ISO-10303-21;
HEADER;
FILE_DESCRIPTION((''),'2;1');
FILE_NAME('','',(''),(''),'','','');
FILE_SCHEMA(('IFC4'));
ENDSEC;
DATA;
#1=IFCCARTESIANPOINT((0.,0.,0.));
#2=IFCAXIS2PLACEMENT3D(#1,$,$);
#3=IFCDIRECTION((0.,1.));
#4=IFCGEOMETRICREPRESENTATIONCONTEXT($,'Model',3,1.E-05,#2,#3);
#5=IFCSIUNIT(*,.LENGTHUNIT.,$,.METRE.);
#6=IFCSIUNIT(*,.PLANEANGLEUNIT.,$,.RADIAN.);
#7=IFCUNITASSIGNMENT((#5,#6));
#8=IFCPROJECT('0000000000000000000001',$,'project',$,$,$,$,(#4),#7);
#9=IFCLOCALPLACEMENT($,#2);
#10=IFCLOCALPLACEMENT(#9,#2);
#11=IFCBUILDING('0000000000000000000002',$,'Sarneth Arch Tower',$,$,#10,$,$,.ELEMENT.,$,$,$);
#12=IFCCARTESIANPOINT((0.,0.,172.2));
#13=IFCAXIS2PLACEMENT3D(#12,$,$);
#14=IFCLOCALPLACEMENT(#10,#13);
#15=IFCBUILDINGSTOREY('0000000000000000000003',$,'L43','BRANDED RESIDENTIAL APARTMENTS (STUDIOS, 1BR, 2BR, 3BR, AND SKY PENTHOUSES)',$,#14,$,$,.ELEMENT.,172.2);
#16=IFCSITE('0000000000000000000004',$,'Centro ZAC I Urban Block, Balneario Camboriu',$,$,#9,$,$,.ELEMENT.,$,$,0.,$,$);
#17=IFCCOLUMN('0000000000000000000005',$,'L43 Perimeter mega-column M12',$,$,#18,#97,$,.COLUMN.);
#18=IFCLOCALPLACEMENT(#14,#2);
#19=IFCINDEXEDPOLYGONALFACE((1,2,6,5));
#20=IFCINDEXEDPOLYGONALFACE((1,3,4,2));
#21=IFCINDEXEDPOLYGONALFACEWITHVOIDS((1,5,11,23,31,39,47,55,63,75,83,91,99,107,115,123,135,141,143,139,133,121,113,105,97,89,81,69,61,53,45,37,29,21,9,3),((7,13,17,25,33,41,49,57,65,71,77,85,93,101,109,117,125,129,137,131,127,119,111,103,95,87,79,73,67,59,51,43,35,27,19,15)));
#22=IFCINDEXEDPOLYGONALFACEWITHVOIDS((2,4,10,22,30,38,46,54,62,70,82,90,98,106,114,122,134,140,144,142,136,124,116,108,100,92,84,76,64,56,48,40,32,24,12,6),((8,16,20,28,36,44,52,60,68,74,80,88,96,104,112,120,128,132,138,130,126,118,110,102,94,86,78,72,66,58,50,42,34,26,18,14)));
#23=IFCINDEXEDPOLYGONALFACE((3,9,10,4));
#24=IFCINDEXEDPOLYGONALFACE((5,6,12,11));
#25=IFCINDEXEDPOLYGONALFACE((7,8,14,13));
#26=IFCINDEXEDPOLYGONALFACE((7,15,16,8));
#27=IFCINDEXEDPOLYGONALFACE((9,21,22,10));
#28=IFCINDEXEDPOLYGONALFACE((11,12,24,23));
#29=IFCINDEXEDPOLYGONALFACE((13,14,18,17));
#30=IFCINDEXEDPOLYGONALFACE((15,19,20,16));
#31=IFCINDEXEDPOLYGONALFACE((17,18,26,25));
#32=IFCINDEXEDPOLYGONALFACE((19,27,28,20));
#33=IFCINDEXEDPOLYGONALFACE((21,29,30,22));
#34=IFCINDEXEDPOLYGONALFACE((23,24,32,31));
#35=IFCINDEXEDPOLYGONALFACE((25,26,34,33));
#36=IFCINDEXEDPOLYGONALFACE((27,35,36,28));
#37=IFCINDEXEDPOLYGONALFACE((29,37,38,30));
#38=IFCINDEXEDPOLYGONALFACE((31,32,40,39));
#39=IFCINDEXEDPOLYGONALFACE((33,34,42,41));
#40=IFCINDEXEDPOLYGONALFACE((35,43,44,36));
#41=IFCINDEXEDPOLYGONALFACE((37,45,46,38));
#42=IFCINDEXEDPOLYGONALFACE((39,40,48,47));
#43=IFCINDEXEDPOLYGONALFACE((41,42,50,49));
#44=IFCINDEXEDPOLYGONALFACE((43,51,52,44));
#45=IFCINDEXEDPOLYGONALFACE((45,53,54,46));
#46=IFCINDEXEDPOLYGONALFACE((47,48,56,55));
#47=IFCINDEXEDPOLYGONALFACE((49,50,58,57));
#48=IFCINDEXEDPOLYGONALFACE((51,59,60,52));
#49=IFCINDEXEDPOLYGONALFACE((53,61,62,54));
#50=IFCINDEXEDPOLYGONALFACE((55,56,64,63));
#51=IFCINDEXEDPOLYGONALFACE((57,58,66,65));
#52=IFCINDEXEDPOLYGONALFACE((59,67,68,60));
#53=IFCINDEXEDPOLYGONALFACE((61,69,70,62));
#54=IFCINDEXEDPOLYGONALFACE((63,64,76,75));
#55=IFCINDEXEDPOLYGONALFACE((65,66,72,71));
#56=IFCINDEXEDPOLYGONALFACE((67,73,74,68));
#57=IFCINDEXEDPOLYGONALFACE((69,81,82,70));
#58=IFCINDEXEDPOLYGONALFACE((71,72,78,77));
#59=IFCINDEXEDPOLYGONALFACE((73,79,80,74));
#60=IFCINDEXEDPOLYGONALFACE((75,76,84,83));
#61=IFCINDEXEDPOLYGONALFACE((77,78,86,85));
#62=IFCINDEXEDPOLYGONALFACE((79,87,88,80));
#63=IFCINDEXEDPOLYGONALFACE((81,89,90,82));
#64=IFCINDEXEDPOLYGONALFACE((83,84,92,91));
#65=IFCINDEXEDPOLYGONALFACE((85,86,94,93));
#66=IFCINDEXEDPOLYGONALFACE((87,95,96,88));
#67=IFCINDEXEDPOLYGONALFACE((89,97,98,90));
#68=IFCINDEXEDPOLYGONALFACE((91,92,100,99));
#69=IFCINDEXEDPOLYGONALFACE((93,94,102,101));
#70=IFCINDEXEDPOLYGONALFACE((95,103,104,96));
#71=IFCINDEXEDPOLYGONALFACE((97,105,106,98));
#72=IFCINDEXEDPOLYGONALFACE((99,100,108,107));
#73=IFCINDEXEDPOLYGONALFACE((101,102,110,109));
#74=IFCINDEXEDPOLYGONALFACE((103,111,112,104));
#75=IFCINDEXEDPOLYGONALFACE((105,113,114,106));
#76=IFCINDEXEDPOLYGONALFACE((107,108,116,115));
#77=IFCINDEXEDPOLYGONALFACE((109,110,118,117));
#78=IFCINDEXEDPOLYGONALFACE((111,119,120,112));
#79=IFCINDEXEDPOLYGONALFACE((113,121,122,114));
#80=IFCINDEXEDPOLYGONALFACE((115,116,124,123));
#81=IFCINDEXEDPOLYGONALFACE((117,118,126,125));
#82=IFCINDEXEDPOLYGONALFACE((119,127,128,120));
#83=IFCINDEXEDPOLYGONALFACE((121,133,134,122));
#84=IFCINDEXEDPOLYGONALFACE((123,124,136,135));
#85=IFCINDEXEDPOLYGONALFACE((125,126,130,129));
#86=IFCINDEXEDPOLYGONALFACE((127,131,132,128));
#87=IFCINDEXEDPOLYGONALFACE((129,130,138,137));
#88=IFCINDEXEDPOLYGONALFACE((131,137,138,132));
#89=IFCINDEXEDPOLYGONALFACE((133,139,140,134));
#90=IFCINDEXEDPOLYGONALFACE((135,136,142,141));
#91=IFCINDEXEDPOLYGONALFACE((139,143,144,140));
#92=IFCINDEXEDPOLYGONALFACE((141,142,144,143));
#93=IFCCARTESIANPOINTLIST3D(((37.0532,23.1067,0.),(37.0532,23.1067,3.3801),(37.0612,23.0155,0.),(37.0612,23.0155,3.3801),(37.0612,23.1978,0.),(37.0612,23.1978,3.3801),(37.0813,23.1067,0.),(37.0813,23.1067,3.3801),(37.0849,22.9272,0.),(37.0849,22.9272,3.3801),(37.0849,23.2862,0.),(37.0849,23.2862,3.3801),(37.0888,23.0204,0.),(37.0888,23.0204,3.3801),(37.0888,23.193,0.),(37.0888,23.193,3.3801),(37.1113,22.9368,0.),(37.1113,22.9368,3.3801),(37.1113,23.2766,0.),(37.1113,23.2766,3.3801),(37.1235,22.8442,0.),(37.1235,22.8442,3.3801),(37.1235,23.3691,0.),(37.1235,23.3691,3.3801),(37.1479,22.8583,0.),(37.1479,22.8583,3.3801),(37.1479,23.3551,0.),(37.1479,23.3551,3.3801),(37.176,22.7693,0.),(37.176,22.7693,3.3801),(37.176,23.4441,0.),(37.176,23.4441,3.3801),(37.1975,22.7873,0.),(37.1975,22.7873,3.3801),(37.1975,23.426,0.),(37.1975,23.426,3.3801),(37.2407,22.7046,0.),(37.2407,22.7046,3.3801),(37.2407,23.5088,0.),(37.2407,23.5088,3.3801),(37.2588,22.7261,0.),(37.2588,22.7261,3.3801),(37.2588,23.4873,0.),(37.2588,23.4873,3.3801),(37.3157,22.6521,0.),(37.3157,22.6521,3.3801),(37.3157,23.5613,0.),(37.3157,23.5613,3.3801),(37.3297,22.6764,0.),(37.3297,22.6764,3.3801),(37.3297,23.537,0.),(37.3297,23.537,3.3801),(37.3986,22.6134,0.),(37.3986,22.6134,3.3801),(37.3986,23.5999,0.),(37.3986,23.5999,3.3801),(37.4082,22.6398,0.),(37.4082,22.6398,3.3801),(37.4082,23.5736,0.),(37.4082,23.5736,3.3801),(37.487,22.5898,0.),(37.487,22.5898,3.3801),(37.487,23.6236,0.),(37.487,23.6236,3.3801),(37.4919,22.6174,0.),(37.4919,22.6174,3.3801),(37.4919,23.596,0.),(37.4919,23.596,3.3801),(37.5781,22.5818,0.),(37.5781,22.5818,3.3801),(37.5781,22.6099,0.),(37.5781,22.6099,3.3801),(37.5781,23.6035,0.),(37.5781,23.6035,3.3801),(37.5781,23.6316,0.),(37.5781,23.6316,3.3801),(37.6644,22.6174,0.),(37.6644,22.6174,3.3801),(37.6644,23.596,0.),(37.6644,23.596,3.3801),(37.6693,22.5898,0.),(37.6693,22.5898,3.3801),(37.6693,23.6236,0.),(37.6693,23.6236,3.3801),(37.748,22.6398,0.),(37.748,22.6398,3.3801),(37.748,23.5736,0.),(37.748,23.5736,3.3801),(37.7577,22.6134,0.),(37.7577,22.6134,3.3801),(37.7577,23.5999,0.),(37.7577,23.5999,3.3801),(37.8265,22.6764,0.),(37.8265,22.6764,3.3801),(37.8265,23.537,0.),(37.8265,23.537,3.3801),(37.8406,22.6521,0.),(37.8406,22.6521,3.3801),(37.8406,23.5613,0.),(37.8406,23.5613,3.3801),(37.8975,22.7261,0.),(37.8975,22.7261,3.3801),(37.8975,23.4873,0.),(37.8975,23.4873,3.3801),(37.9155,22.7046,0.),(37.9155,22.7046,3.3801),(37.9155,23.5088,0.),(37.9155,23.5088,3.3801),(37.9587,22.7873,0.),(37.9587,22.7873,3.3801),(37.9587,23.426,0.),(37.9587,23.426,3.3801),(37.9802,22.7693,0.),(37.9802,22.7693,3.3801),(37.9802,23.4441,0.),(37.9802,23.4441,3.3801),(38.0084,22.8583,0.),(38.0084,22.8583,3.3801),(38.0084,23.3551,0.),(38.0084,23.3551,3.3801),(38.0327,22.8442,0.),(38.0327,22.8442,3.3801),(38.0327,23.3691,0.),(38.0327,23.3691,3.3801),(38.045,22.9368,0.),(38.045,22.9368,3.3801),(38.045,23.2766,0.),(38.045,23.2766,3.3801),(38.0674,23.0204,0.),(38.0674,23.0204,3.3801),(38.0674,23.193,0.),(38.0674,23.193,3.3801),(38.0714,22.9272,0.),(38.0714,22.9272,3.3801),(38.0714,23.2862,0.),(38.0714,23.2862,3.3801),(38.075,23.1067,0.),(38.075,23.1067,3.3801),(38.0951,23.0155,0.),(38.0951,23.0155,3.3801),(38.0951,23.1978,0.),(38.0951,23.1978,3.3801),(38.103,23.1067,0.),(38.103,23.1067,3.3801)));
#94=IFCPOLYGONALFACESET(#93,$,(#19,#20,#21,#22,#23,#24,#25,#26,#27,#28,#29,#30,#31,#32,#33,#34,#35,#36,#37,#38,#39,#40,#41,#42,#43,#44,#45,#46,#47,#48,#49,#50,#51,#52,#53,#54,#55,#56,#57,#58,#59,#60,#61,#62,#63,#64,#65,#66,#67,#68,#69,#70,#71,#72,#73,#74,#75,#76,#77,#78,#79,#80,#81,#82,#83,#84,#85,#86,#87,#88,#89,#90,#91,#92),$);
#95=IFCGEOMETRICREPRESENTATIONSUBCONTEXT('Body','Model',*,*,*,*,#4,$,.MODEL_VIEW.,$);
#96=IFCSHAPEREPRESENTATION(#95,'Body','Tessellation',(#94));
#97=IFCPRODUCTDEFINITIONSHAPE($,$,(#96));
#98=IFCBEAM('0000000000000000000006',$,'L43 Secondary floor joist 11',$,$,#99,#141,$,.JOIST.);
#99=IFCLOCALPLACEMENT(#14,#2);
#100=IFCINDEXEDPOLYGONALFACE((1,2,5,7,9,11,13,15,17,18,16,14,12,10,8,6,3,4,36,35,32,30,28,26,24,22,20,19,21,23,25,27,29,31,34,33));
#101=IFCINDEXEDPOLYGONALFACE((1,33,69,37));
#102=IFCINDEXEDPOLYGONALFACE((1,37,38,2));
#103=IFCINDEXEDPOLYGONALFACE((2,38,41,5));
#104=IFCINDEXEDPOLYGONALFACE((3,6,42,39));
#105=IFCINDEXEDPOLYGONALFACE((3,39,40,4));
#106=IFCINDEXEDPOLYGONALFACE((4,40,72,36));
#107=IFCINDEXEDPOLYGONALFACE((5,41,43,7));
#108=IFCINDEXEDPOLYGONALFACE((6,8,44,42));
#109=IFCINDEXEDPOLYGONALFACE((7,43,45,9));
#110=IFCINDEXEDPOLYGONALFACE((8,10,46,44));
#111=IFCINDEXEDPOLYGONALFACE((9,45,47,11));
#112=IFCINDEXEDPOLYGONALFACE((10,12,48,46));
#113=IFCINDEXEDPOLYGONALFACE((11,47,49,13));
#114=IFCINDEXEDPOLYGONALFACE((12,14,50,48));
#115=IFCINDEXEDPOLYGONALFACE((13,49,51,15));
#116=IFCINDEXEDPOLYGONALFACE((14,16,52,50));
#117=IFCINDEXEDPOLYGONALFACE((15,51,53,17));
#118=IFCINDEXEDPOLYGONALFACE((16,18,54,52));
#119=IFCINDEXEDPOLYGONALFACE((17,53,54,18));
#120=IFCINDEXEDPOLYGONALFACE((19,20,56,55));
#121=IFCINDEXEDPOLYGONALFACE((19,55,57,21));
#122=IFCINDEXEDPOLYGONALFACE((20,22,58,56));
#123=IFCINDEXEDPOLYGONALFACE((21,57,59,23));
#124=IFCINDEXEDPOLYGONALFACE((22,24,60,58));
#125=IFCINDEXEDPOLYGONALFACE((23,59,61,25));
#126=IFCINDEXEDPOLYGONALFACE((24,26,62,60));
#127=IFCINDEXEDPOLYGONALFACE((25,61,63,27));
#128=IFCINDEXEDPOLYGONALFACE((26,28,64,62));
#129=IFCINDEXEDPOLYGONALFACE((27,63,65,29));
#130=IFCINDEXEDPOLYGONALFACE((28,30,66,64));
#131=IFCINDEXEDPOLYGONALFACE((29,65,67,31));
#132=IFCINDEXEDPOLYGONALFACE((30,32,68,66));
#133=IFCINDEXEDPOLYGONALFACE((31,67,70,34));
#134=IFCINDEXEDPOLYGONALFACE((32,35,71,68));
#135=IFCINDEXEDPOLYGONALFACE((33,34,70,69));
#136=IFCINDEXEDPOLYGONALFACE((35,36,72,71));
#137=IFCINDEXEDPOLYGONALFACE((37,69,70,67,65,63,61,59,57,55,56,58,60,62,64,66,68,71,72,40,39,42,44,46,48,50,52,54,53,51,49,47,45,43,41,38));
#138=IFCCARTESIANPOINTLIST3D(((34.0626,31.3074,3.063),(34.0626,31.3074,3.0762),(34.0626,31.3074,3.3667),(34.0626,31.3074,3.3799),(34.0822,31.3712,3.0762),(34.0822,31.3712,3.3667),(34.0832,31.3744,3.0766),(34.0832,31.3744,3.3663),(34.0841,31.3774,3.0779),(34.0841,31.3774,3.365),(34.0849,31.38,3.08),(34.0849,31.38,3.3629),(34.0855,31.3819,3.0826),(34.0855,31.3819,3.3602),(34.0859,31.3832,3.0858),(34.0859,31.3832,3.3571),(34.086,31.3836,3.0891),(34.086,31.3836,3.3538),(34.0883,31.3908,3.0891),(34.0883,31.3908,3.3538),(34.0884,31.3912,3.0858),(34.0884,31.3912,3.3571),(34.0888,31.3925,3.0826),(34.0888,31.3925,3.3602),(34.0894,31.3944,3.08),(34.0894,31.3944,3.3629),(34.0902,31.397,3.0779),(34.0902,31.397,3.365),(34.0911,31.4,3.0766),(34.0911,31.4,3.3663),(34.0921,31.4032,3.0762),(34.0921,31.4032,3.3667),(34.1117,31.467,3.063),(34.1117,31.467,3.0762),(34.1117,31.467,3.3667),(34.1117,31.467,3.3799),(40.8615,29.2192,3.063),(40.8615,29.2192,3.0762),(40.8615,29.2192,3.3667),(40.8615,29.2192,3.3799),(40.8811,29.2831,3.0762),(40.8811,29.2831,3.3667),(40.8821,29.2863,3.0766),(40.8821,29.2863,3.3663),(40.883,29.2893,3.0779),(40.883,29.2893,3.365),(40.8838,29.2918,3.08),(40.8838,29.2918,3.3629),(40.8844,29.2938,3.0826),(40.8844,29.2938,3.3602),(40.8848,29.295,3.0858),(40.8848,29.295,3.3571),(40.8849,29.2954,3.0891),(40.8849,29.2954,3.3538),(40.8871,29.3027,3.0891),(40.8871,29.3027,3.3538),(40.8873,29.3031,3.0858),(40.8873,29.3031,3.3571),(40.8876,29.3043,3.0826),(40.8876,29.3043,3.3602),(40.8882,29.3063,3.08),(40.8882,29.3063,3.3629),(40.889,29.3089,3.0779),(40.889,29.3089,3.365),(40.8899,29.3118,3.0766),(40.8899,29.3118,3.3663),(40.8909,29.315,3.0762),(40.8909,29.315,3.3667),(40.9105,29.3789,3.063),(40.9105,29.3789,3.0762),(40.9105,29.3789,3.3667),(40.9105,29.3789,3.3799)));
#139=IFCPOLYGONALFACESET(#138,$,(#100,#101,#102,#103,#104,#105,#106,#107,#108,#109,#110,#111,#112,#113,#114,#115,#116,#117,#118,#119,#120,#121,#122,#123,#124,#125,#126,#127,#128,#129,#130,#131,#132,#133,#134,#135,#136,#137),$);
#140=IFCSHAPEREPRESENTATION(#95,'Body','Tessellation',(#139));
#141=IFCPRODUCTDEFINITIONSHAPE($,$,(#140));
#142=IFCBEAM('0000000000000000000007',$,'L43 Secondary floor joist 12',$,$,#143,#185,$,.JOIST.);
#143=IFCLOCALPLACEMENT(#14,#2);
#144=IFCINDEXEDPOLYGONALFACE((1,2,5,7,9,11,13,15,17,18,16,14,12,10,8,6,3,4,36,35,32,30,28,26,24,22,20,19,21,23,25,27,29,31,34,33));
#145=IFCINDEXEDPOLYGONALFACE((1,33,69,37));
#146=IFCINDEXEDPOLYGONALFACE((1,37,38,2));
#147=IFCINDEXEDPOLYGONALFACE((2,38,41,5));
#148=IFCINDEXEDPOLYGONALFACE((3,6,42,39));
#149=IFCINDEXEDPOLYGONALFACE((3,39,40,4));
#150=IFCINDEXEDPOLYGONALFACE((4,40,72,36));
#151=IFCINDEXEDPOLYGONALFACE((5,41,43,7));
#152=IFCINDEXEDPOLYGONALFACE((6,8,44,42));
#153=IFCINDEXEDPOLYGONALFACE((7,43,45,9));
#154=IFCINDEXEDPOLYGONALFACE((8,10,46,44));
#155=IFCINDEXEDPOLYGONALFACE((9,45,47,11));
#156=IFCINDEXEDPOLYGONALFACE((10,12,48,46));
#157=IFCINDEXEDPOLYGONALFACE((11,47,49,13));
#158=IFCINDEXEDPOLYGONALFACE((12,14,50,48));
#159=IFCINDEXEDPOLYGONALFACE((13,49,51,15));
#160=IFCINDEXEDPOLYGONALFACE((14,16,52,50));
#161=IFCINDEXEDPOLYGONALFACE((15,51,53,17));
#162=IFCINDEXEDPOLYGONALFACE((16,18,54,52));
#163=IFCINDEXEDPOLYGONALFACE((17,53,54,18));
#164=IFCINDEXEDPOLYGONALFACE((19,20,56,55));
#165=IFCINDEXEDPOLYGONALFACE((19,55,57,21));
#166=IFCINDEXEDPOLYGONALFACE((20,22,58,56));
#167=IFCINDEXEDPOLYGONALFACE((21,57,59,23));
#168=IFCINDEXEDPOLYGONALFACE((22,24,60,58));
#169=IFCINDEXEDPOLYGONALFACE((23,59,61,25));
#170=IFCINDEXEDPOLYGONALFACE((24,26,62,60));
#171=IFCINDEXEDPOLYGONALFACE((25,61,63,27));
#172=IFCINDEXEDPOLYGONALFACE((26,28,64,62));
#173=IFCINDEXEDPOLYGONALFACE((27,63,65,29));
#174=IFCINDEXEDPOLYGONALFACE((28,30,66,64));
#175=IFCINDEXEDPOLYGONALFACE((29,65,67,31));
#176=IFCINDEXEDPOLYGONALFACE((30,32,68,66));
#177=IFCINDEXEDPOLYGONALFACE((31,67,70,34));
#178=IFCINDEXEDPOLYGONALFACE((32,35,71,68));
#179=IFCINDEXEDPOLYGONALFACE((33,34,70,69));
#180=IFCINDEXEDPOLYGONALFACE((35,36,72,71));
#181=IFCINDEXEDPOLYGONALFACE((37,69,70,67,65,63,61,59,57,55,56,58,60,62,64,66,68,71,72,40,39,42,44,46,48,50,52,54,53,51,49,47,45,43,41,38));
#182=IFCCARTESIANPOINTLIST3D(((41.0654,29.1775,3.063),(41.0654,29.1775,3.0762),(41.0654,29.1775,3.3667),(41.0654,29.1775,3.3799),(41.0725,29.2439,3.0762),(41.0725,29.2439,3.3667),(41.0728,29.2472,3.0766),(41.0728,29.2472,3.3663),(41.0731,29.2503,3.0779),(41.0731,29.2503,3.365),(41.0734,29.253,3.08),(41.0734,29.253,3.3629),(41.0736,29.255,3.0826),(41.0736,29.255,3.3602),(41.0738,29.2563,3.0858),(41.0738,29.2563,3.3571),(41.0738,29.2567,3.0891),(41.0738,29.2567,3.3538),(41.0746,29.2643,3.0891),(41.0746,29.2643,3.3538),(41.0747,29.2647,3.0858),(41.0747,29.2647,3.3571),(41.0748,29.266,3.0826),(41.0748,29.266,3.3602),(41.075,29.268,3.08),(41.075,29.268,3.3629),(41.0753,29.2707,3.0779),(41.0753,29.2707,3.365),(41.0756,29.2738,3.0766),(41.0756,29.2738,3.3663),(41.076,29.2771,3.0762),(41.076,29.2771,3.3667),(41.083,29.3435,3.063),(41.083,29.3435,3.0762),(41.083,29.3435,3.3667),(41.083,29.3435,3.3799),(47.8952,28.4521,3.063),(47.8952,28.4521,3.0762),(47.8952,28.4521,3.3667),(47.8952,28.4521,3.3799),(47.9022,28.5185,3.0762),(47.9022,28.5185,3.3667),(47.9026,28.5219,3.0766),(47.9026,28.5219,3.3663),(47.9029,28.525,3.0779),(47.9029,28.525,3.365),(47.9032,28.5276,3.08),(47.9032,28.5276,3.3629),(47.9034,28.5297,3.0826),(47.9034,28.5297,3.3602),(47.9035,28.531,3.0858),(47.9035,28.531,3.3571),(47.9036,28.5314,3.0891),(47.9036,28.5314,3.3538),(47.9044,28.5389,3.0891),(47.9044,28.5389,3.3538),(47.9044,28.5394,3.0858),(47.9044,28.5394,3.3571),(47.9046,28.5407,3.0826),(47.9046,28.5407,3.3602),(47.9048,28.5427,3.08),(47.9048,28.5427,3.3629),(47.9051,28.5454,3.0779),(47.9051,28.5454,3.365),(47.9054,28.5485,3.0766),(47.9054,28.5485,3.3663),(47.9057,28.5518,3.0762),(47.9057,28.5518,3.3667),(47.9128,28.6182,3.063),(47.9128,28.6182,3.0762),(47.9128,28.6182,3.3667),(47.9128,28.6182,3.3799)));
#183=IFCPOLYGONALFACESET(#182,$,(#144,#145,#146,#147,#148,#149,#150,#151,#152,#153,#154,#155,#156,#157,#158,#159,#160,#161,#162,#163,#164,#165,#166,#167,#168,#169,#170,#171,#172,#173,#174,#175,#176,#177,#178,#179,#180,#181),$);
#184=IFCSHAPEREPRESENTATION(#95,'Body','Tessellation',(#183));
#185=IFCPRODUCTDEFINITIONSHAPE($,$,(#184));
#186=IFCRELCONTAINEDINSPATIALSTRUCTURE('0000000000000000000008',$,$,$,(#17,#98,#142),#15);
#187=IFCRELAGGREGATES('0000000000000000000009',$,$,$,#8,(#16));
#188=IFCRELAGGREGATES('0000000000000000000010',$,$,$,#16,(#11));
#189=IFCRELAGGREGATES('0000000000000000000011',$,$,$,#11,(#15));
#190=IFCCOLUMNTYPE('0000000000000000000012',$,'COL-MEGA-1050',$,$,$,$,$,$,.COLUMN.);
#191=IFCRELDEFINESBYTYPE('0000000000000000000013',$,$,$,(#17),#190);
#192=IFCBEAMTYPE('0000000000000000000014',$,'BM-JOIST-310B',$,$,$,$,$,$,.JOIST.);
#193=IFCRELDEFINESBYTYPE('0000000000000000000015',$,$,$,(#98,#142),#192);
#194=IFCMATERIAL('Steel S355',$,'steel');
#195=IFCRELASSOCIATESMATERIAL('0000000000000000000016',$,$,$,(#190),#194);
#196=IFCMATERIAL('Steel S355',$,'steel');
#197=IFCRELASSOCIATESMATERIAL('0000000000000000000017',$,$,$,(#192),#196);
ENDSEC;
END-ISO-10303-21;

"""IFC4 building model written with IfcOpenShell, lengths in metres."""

from ifc_helpers import new_model, si_unit, direction, frame, origin, origin_2d, place, context, subcontext, project, spatial, hollow_circle, i_section, extrude, material, material_profile, profile_set, type_object, element, save


model = new_model("IFC4")

# Units and contexts
model_context = context("Model", 3, precision=1e-05, world=origin(), true_north=direction((0.0, 1.0)))
body_context = subcontext(model_context, "Body", "Model", "MODEL_VIEW")
ifc_project = project(units=[si_unit("LENGTHUNIT", "METRE"), si_unit("PLANEANGLEUNIT", "RADIAN")], contexts=[model_context])

# Site, building, storey
site_placement = place(None, origin())
site = spatial("IfcSite", under=ifc_project, at=site_placement, Name="Centro ZAC I Urban Block, Balneario Camboriu", CompositionType="ELEMENT", RefElevation=0.0)
building_placement = place(site_placement, origin())
building = spatial("IfcBuilding", under=site, at=building_placement, Name="Sarneth Arch Tower", CompositionType="ELEMENT")
storey_placement = place(building_placement, frame((0.0, 0.0, 172.2)))
storey = spatial("IfcBuildingStorey", under=building, at=storey_placement, Name="L43", Description="BRANDED RESIDENTIAL APARTMENTS (STUDIOS, 1BR, 2BR, 3BR, AND SKY PENTHOUSES)", CompositionType="ELEMENT", Elevation=172.2)

# Column
ifc_material_1 = material(Name="Steel S355", Category="steel")
ifc_material_profile_1 = material_profile(ifc_material_1, hollow_circle(Radius=0.5249, WallThickness=0.0281, at=origin_2d()), Name="CHS1050x28")
ifc_profile_set_1 = profile_set([ifc_material_profile_1], Name="Steel S355")
column_type = type_object("IfcColumnType", Name="COL-MEGA-1050", PredefinedType="COLUMN", material=ifc_profile_set_1)
column_placement = place(storey_placement, frame((37.5781, 23.1067, 0.0), z_axis=(0.0, 0.0, 1.0), x_axis=(1.0, 0.0, 0.0)))
element("IfcColumn", 1, at=column_placement, inside=storey, type_object=column_type, Name="L43 Perimeter mega-column M12", PredefinedType="COLUMN", context=body_context, shape_type="SweptSolid", body=[
    extrude(hollow_circle(Radius=0.5249, WallThickness=0.0281, at=origin_2d()), origin(), (0.0, 0.0, 1.0), 3.3801),
])

# Beams
ifc_material_2 = material(Name="Steel S355", Category="steel")
ifc_material_profile_2 = material_profile(ifc_material_2, i_section(OverallWidth=0.167, OverallDepth=0.3169, WebThickness=0.0076, FlangeThickness=0.0132, FilletRadius=0.0129, at=origin_2d()), Name="W310x52")
ifc_profile_set_2 = profile_set([ifc_material_profile_2], Name="Steel S355")
beam_type_1 = type_object("IfcBeamType", Name="BM-JOIST-310B", PredefinedType="JOIST", material=ifc_profile_set_2)
beam_1_placement = place(storey_placement, frame((34.0872, 31.3872, 3.2214), z_axis=(0.95593, -0.293596, 0.0), x_axis=(0.293596, 0.95593, 0.0)))
element("IfcBeam", 2, at=beam_1_placement, inside=storey, type_object=beam_type_1, Name="L43 Secondary floor joist 11", PredefinedType="JOIST", context=body_context, shape_type="SweptSolid", body=[
    extrude(i_section(OverallWidth=0.167, OverallDepth=0.3169, WebThickness=0.0076, FlangeThickness=0.0132, FilletRadius=0.0129, at=origin_2d()), origin(), (0.0, 0.0, 1.0), 7.1123),
])
beam_2_placement = place(storey_placement, frame((41.0742, 29.2605, 3.2214), z_axis=(0.994408, -0.105608, 0.0), x_axis=(0.105608, 0.994408, 0.0)))
element("IfcBeam", 3, at=beam_2_placement, inside=storey, type_object=beam_type_1, Name="L43 Secondary floor joist 12", PredefinedType="JOIST", context=body_context, shape_type="SweptSolid", body=[
    extrude(i_section(OverallWidth=0.167, OverallDepth=0.3169, WebThickness=0.0076, FlangeThickness=0.0132, FilletRadius=0.0129, at=origin_2d()), origin(), (0.0, 0.0, 1.0), 6.8682),
])

save(model, "model.ifc")
